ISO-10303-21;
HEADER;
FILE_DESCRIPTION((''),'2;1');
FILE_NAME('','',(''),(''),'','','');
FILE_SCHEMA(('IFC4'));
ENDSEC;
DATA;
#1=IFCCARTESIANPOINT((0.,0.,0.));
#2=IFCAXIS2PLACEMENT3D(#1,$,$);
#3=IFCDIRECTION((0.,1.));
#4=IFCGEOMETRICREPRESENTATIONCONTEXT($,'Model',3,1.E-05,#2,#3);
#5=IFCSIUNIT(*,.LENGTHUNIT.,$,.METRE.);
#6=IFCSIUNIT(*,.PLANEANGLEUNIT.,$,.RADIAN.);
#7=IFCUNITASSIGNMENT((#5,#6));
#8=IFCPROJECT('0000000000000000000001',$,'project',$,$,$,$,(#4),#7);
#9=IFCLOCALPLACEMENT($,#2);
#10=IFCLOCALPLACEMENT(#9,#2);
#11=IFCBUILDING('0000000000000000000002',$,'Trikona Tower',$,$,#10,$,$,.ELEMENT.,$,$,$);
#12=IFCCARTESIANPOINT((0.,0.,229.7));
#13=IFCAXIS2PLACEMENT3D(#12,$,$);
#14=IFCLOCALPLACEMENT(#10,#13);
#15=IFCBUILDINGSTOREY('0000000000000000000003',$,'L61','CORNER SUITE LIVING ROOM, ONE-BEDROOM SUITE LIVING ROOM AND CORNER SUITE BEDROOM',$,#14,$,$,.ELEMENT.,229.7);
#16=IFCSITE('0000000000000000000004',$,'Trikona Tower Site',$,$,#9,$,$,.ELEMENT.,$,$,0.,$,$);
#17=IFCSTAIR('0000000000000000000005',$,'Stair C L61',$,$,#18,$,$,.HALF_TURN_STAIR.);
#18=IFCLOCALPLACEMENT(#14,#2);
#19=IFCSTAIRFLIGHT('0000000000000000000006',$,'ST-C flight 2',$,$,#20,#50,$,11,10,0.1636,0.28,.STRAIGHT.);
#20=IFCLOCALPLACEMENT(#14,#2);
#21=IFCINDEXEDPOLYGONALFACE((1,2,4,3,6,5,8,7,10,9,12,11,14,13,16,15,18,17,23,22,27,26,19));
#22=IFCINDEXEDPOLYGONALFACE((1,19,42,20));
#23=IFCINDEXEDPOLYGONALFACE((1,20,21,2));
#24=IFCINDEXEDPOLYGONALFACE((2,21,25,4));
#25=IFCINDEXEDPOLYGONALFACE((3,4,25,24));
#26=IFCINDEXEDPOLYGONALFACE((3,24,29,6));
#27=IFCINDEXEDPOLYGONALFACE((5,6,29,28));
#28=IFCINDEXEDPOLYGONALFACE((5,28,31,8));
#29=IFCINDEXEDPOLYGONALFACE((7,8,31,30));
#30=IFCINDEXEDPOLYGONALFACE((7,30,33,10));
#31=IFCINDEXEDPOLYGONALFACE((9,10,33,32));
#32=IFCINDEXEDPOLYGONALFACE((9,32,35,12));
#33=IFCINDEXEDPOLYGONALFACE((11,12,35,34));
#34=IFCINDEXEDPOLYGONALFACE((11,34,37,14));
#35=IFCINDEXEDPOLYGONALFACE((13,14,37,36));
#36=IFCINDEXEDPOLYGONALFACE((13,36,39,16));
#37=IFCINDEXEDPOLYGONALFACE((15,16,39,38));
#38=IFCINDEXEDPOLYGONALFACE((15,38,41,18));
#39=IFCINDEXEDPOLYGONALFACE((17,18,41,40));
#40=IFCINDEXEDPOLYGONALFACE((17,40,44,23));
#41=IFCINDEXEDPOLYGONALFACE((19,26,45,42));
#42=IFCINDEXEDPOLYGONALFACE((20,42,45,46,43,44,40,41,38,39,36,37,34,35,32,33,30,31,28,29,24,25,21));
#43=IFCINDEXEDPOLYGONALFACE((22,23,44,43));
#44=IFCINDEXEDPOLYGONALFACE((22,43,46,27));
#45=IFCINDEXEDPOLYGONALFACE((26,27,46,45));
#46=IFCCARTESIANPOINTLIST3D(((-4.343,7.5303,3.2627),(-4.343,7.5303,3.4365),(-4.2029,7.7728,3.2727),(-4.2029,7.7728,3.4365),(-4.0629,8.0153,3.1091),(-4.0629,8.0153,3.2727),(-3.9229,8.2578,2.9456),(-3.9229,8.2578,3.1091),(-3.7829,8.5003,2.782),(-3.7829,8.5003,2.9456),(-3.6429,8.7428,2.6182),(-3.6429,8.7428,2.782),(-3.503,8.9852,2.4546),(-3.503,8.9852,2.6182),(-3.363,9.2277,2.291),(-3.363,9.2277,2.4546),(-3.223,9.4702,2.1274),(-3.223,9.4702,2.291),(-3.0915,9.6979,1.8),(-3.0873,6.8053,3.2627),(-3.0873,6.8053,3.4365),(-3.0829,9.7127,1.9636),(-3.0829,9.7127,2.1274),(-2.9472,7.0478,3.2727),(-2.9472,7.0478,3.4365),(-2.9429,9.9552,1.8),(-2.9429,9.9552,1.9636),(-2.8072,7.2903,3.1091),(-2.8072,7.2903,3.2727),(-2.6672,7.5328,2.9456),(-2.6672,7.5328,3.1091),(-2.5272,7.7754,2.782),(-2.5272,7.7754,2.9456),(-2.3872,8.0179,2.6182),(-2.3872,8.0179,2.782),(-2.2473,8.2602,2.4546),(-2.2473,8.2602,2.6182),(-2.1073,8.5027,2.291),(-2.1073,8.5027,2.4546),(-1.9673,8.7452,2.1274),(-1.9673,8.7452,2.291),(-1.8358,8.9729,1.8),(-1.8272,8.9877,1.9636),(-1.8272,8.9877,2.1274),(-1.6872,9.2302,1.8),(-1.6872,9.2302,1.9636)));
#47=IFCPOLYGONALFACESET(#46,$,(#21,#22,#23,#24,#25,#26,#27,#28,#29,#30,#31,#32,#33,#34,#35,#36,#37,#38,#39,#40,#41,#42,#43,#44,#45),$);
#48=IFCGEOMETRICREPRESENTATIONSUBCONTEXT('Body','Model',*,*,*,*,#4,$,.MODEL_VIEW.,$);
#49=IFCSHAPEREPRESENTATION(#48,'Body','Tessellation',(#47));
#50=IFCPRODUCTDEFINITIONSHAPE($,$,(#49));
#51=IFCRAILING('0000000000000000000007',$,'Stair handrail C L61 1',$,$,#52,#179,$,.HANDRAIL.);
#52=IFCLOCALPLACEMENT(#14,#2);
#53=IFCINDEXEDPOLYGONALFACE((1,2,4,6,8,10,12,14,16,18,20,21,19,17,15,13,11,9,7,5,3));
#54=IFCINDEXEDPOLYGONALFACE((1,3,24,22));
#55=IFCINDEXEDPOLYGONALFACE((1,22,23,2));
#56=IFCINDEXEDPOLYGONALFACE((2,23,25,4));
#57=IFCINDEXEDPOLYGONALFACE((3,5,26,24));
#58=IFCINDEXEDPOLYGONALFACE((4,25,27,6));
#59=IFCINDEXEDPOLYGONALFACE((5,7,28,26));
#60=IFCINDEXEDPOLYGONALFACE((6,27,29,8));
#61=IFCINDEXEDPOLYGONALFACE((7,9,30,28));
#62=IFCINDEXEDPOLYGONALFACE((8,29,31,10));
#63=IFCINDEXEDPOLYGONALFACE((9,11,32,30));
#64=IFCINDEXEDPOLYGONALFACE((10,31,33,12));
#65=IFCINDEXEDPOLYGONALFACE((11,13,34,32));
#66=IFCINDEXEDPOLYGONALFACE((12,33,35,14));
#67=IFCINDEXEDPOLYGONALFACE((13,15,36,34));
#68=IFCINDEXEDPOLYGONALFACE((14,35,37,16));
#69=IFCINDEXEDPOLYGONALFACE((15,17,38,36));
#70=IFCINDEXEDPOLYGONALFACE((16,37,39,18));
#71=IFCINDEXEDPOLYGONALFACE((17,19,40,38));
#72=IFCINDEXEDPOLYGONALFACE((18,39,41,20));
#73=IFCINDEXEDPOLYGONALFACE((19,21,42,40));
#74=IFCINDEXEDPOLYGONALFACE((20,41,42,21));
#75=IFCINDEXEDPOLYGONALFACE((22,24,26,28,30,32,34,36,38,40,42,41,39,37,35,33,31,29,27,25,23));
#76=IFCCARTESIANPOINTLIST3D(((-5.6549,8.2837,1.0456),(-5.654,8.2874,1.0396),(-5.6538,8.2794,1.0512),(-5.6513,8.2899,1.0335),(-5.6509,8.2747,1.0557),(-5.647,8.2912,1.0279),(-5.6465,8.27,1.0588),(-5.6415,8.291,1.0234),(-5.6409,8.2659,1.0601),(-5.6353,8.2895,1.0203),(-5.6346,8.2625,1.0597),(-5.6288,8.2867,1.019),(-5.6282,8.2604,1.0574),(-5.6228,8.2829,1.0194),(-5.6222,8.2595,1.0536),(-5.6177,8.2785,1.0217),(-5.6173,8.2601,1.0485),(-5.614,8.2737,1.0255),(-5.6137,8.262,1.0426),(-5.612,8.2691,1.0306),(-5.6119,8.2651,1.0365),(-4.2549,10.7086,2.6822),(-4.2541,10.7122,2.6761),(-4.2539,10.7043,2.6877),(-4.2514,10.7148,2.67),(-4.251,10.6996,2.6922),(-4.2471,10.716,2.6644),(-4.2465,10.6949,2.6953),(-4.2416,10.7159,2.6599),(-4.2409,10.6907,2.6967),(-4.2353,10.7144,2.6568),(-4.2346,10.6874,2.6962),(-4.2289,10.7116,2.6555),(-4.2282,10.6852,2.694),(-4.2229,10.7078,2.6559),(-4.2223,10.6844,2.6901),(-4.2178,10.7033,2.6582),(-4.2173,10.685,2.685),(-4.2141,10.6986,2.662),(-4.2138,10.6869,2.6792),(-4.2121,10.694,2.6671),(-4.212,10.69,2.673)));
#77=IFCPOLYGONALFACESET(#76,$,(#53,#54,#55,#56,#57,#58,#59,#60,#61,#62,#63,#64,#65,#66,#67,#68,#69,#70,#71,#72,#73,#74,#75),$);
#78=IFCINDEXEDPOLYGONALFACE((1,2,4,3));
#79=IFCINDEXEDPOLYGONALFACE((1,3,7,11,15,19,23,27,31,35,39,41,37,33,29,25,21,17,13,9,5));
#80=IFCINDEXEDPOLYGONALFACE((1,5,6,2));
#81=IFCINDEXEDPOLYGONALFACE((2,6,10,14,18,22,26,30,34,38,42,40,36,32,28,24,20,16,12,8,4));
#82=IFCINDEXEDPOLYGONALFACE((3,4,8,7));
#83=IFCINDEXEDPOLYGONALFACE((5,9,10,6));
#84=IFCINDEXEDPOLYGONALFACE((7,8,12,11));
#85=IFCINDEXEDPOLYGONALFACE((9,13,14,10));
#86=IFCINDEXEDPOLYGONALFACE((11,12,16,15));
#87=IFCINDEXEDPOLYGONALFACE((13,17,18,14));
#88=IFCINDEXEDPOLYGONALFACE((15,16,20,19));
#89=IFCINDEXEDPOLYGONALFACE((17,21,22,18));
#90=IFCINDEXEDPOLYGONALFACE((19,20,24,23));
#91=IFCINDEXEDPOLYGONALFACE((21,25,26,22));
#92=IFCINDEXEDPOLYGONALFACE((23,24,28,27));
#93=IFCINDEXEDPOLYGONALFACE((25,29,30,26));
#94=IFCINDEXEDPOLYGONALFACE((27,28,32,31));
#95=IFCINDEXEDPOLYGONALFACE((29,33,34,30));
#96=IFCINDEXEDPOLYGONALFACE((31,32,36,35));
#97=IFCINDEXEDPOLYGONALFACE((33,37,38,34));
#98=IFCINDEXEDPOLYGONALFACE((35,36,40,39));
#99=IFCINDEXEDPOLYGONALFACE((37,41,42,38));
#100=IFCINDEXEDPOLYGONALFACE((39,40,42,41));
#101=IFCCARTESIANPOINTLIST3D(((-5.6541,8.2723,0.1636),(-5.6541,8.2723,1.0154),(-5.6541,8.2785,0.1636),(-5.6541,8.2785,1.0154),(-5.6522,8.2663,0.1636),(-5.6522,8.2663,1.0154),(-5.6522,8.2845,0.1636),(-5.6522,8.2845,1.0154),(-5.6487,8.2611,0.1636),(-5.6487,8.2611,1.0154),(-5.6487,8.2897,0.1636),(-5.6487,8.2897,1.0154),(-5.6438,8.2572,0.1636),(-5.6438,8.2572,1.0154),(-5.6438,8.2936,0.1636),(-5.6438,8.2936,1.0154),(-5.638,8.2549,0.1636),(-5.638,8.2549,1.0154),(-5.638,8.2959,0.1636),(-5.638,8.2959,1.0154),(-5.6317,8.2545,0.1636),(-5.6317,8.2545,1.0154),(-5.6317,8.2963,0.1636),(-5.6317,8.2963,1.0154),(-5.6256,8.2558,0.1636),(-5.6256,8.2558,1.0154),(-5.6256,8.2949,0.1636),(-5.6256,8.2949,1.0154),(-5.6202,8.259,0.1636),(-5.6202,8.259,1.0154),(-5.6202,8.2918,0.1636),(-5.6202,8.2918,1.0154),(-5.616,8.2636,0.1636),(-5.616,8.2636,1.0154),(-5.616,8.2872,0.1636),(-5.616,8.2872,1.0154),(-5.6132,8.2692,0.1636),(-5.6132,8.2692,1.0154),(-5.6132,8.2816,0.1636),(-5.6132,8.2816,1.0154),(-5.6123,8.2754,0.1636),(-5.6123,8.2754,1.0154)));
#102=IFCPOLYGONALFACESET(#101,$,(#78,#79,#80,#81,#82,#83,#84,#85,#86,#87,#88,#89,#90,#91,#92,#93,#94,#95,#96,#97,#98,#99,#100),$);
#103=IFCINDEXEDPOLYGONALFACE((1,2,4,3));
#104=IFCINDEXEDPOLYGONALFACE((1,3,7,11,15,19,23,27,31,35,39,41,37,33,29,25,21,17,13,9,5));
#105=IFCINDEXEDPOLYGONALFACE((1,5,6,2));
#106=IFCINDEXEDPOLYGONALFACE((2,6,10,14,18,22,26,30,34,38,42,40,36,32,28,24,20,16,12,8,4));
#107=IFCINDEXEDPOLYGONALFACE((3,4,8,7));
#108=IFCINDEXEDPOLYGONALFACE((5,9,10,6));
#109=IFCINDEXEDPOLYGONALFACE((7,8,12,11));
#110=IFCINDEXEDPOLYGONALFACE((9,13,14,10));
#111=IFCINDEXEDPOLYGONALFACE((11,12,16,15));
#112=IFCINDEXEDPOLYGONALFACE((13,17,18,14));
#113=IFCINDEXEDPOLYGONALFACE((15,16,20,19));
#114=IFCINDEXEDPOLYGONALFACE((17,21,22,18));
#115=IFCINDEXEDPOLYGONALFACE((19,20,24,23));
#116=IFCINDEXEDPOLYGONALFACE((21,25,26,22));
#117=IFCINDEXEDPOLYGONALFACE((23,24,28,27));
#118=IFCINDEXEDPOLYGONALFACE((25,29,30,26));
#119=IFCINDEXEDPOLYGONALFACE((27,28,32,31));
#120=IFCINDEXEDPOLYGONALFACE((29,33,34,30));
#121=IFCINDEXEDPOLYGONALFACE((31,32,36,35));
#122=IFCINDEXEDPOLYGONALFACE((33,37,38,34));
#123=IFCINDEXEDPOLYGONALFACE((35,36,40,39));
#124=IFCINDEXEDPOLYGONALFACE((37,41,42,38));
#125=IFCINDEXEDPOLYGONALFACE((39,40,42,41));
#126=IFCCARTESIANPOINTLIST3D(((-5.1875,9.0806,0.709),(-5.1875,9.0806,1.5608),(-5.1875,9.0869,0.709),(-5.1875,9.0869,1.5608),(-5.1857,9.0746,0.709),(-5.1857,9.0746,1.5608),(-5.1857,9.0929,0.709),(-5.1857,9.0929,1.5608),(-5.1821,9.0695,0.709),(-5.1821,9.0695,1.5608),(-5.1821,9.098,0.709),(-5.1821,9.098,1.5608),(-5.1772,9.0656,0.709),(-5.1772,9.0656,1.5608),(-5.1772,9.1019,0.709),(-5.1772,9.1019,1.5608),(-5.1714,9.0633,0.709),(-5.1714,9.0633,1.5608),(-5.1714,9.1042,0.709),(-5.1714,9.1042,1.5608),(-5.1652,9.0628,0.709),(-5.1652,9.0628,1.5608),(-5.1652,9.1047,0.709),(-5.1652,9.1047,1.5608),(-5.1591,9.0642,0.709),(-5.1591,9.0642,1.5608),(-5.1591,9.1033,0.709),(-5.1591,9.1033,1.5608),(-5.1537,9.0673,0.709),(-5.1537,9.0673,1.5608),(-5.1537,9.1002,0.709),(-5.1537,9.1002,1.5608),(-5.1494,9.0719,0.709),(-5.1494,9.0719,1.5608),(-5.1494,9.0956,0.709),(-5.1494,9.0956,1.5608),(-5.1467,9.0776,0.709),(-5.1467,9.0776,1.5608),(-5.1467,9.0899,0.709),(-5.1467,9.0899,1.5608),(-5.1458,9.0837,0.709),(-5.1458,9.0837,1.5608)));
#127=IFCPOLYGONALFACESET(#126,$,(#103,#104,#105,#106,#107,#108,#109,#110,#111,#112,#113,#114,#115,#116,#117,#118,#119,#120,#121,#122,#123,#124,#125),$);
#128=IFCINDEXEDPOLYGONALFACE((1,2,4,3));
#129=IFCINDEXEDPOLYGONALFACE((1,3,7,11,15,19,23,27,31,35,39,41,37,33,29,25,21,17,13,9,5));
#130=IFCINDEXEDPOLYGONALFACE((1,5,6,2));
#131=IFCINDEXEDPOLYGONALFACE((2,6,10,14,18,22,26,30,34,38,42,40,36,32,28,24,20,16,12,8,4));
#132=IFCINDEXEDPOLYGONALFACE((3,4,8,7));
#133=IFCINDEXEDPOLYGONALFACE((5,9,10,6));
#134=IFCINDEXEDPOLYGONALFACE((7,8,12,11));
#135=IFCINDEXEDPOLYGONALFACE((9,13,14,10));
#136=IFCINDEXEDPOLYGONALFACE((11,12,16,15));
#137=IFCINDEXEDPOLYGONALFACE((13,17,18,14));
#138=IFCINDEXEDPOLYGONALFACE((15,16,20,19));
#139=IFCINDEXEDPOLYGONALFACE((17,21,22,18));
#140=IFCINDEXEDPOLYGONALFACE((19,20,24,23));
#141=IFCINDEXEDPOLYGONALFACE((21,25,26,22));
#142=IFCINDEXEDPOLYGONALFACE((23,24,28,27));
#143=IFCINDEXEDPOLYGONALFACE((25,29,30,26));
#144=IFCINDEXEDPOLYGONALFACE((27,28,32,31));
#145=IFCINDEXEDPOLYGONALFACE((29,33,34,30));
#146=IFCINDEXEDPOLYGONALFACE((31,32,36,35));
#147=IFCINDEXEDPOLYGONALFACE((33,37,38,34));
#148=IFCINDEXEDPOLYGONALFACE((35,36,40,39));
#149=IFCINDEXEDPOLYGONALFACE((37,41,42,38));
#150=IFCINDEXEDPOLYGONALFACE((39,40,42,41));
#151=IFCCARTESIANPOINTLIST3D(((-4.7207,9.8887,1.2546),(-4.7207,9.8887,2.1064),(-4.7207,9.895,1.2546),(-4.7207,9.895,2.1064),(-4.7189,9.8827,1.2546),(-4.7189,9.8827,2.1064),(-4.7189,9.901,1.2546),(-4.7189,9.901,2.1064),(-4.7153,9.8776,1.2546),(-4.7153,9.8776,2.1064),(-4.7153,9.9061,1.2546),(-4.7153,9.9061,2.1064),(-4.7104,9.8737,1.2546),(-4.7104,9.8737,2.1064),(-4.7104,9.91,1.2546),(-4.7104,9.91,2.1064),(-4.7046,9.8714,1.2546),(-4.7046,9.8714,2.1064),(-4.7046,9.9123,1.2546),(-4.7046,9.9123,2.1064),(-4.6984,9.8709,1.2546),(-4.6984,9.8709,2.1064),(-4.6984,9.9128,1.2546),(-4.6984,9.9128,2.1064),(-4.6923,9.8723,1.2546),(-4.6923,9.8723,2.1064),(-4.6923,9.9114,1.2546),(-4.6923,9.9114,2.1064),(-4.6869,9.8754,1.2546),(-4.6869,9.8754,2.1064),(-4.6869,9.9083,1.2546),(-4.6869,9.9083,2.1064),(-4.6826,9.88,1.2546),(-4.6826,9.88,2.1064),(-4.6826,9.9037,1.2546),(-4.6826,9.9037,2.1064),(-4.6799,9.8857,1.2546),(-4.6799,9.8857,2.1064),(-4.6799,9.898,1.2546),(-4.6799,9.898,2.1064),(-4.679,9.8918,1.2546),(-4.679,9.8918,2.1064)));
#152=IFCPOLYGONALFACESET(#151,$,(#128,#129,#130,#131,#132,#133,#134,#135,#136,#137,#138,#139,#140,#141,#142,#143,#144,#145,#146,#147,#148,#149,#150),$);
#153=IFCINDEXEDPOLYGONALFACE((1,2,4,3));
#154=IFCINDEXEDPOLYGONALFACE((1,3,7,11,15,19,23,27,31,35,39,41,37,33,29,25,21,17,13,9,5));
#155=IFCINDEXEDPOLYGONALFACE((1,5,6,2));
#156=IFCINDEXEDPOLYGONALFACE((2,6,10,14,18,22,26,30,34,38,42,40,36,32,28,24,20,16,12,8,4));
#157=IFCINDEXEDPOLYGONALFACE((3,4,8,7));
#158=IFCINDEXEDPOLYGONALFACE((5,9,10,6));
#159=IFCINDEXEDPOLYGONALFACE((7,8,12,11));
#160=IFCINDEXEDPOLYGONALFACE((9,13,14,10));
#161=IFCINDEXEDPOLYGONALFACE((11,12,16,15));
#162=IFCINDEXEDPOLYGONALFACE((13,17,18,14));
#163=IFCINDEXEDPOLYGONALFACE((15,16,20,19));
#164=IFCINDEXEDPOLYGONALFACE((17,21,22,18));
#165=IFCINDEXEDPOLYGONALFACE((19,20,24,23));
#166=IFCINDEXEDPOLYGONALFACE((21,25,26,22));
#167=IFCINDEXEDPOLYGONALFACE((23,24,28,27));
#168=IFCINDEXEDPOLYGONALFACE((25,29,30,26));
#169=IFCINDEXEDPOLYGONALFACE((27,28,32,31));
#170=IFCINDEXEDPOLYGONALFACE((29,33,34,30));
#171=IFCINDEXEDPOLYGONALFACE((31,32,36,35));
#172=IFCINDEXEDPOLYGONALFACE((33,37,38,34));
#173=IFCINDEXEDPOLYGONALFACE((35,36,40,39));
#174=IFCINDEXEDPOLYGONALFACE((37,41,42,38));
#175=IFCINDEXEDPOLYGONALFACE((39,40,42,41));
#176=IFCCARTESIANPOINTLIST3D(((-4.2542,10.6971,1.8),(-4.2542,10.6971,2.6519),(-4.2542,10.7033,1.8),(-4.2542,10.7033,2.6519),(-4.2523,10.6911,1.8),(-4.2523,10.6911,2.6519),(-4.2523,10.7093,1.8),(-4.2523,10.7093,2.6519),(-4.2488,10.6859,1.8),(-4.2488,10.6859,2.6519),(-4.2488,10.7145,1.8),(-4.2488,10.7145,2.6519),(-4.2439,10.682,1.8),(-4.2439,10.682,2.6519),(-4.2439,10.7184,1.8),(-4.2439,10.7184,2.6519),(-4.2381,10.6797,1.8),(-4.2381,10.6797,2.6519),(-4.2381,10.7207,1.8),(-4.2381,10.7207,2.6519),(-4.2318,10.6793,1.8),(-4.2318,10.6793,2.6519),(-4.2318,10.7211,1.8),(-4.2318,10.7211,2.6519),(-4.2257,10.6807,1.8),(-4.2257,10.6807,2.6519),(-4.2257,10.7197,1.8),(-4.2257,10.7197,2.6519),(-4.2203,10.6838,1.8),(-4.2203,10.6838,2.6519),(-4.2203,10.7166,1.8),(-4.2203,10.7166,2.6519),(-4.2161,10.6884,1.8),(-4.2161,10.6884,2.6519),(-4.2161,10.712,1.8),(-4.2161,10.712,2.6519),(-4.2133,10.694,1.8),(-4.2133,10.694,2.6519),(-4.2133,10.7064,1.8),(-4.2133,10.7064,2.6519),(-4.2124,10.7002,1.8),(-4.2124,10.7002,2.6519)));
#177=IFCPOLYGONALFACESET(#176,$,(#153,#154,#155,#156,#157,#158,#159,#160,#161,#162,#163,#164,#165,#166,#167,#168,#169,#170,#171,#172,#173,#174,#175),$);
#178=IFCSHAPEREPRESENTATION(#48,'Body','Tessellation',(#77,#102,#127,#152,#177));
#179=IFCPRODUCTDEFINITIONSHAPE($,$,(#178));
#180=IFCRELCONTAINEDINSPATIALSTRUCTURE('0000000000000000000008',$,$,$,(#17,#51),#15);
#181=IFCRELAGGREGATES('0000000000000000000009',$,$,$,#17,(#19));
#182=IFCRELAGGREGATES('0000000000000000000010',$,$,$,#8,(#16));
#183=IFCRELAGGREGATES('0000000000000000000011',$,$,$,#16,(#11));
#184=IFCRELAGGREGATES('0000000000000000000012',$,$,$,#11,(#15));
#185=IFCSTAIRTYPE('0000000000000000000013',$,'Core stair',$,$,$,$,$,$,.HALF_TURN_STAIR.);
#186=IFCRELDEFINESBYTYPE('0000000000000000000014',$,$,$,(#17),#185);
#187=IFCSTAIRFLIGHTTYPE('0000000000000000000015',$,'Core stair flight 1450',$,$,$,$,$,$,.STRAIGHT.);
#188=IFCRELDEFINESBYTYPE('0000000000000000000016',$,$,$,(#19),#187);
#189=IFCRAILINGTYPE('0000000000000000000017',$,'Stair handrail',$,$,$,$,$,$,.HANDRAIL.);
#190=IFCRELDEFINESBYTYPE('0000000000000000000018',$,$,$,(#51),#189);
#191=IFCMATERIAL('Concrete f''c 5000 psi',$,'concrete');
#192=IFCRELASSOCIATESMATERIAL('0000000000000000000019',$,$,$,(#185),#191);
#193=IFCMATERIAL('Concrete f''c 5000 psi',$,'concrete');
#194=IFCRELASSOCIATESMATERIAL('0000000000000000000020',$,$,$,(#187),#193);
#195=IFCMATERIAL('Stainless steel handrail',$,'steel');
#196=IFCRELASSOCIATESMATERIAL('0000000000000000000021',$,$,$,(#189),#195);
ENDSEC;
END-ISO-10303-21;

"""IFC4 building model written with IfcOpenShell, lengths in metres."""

from ifc_helpers import new_model, si_unit, direction, frame, origin, origin_2d, place, context, subcontext, project, spatial, polyline, circle, outline, extrude, material, type_object, element, aggregate, save


model = new_model("IFC4")

# Units and contexts
model_context = context("Model", 3, precision=1e-05, world=origin(), true_north=direction((0.0, 1.0)))
body_context = subcontext(model_context, "Body", "Model", "MODEL_VIEW")
ifc_project = project(units=[si_unit("LENGTHUNIT", "METRE"), si_unit("PLANEANGLEUNIT", "RADIAN")], contexts=[model_context])

# Site, building, storey
site_placement = place(None, origin())
site = spatial("IfcSite", under=ifc_project, at=site_placement, Name="Trikona Tower Site", CompositionType="ELEMENT", RefElevation=0.0)
building_placement = place(site_placement, origin())
building = spatial("IfcBuilding", under=site, at=building_placement, Name="Trikona Tower", CompositionType="ELEMENT")
storey_placement = place(building_placement, frame((0.0, 0.0, 229.7)))
storey = spatial("IfcBuildingStorey", under=building, at=storey_placement, Name="L61", Description="CORNER SUITE LIVING ROOM, ONE-BEDROOM SUITE LIVING ROOM AND CORNER SUITE BEDROOM", CompositionType="ELEMENT", Elevation=229.7)

# Stair, stair flight
ifc_material_1 = material(Name="Concrete f'c 5000 psi", Category="concrete")
stair_type = type_object("IfcStairType", Name="Core stair", PredefinedType="HALF_TURN_STAIR", material=ifc_material_1)
stair_placement = place(storey_placement, origin())
stair = element("IfcStair", 1, at=stair_placement, inside=storey, type_object=stair_type, Name="Stair C L61", PredefinedType="HALF_TURN_STAIR")
ifc_material_2 = material(Name="Concrete f'c 5000 psi", Category="concrete")
stair_flight_type = type_object("IfcStairFlightType", Name="Core stair flight 1450", PredefinedType="STRAIGHT", material=ifc_material_2)
stair_flight_1_placement = place(storey_placement, frame((-2.3152, 9.5928, 1.8), z_axis=(0.0, 0.0, 1.0), x_axis=(-0.5, -0.866025, 0.0)))
stair_flight_1 = element("IfcStairFlight", 2, at=stair_flight_1_placement, type_object=stair_flight_type, Name="ST-C flight 2", NumberOfRisers=11, NumberOfTreads=10, PredefinedType="STRAIGHT", RiserHeight=0.1636, TreadLength=0.28, context=body_context, shape_type="SweptSolid", body=[
    extrude(outline(polyline([(0.0, 0.0), (0.0, 0.1636), (0.28, 0.1636), (0.28, 0.3274), (0.5601, 0.3274), (0.5601, 0.491), (0.8401, 0.491), (0.8401, 0.6545), (1.1201, 0.6545), (1.1201, 0.8181), (1.3999, 0.8181), (1.3999, 0.9819), (1.6799, 0.9819), (1.6799, 1.1455), (1.96, 1.1455), (1.96, 1.3091), (2.24, 1.3091), (2.24, 1.4727), (2.52, 1.4727), (2.52, 1.6365), (2.8, 1.6365), (2.8, 1.8), (2.8, 1.4626), (0.2971, 0.0), (0.0, 0.0)])), frame((0.0, 0.7251, 0.0), z_axis=(0.0, -1.0, 0.0), x_axis=(1.0, 0.0, 0.0)), (0.0, 0.0, 1.0), 1.45),
])
aggregate(stair, [stair_flight_1])

# Railing
ifc_material_3 = material(Name="Stainless steel handrail", Category="steel")
railing_type = type_object("IfcRailingType", Name="Stair handrail", PredefinedType="HANDRAIL", material=ifc_material_3)
railing_1_placement = place(storey_placement, frame((-5.6333, 8.2754, 0.1636)))
element("IfcRailing", 3, at=railing_1_placement, inside=storey, type_object=railing_type, Name="Stair handrail C L61 1", PredefinedType="HANDRAIL", context=body_context, shape_type="SweptSolid", body=[
    extrude(circle(Radius=0.0239, at=origin_2d()), frame((0.0, 0.0, 0.876), z_axis=(0.431661, 0.74769, 0.504608), x_axis=(-0.866035, 0.499984, 0.0)), (0.0, 0.0, 1.0), 3.2432),
    extrude(circle(Radius=0.021, at=origin_2d()), origin(), (0.0, 0.0, 1.0), 0.8518),
    extrude(circle(Radius=0.021, at=origin_2d()), frame((0.4666, 0.8083, 0.5454)), (0.0, 0.0, 1.0), 0.8518),
    extrude(circle(Radius=0.021, at=origin_2d()), frame((0.9333, 1.6165, 1.0911)), (0.0, 0.0, 1.0), 0.8518),
    extrude(circle(Radius=0.021, at=origin_2d()), frame((1.3999, 2.4248, 1.6365)), (0.0, 0.0, 1.0), 0.8518),
])

save(model, "model.ifc")
